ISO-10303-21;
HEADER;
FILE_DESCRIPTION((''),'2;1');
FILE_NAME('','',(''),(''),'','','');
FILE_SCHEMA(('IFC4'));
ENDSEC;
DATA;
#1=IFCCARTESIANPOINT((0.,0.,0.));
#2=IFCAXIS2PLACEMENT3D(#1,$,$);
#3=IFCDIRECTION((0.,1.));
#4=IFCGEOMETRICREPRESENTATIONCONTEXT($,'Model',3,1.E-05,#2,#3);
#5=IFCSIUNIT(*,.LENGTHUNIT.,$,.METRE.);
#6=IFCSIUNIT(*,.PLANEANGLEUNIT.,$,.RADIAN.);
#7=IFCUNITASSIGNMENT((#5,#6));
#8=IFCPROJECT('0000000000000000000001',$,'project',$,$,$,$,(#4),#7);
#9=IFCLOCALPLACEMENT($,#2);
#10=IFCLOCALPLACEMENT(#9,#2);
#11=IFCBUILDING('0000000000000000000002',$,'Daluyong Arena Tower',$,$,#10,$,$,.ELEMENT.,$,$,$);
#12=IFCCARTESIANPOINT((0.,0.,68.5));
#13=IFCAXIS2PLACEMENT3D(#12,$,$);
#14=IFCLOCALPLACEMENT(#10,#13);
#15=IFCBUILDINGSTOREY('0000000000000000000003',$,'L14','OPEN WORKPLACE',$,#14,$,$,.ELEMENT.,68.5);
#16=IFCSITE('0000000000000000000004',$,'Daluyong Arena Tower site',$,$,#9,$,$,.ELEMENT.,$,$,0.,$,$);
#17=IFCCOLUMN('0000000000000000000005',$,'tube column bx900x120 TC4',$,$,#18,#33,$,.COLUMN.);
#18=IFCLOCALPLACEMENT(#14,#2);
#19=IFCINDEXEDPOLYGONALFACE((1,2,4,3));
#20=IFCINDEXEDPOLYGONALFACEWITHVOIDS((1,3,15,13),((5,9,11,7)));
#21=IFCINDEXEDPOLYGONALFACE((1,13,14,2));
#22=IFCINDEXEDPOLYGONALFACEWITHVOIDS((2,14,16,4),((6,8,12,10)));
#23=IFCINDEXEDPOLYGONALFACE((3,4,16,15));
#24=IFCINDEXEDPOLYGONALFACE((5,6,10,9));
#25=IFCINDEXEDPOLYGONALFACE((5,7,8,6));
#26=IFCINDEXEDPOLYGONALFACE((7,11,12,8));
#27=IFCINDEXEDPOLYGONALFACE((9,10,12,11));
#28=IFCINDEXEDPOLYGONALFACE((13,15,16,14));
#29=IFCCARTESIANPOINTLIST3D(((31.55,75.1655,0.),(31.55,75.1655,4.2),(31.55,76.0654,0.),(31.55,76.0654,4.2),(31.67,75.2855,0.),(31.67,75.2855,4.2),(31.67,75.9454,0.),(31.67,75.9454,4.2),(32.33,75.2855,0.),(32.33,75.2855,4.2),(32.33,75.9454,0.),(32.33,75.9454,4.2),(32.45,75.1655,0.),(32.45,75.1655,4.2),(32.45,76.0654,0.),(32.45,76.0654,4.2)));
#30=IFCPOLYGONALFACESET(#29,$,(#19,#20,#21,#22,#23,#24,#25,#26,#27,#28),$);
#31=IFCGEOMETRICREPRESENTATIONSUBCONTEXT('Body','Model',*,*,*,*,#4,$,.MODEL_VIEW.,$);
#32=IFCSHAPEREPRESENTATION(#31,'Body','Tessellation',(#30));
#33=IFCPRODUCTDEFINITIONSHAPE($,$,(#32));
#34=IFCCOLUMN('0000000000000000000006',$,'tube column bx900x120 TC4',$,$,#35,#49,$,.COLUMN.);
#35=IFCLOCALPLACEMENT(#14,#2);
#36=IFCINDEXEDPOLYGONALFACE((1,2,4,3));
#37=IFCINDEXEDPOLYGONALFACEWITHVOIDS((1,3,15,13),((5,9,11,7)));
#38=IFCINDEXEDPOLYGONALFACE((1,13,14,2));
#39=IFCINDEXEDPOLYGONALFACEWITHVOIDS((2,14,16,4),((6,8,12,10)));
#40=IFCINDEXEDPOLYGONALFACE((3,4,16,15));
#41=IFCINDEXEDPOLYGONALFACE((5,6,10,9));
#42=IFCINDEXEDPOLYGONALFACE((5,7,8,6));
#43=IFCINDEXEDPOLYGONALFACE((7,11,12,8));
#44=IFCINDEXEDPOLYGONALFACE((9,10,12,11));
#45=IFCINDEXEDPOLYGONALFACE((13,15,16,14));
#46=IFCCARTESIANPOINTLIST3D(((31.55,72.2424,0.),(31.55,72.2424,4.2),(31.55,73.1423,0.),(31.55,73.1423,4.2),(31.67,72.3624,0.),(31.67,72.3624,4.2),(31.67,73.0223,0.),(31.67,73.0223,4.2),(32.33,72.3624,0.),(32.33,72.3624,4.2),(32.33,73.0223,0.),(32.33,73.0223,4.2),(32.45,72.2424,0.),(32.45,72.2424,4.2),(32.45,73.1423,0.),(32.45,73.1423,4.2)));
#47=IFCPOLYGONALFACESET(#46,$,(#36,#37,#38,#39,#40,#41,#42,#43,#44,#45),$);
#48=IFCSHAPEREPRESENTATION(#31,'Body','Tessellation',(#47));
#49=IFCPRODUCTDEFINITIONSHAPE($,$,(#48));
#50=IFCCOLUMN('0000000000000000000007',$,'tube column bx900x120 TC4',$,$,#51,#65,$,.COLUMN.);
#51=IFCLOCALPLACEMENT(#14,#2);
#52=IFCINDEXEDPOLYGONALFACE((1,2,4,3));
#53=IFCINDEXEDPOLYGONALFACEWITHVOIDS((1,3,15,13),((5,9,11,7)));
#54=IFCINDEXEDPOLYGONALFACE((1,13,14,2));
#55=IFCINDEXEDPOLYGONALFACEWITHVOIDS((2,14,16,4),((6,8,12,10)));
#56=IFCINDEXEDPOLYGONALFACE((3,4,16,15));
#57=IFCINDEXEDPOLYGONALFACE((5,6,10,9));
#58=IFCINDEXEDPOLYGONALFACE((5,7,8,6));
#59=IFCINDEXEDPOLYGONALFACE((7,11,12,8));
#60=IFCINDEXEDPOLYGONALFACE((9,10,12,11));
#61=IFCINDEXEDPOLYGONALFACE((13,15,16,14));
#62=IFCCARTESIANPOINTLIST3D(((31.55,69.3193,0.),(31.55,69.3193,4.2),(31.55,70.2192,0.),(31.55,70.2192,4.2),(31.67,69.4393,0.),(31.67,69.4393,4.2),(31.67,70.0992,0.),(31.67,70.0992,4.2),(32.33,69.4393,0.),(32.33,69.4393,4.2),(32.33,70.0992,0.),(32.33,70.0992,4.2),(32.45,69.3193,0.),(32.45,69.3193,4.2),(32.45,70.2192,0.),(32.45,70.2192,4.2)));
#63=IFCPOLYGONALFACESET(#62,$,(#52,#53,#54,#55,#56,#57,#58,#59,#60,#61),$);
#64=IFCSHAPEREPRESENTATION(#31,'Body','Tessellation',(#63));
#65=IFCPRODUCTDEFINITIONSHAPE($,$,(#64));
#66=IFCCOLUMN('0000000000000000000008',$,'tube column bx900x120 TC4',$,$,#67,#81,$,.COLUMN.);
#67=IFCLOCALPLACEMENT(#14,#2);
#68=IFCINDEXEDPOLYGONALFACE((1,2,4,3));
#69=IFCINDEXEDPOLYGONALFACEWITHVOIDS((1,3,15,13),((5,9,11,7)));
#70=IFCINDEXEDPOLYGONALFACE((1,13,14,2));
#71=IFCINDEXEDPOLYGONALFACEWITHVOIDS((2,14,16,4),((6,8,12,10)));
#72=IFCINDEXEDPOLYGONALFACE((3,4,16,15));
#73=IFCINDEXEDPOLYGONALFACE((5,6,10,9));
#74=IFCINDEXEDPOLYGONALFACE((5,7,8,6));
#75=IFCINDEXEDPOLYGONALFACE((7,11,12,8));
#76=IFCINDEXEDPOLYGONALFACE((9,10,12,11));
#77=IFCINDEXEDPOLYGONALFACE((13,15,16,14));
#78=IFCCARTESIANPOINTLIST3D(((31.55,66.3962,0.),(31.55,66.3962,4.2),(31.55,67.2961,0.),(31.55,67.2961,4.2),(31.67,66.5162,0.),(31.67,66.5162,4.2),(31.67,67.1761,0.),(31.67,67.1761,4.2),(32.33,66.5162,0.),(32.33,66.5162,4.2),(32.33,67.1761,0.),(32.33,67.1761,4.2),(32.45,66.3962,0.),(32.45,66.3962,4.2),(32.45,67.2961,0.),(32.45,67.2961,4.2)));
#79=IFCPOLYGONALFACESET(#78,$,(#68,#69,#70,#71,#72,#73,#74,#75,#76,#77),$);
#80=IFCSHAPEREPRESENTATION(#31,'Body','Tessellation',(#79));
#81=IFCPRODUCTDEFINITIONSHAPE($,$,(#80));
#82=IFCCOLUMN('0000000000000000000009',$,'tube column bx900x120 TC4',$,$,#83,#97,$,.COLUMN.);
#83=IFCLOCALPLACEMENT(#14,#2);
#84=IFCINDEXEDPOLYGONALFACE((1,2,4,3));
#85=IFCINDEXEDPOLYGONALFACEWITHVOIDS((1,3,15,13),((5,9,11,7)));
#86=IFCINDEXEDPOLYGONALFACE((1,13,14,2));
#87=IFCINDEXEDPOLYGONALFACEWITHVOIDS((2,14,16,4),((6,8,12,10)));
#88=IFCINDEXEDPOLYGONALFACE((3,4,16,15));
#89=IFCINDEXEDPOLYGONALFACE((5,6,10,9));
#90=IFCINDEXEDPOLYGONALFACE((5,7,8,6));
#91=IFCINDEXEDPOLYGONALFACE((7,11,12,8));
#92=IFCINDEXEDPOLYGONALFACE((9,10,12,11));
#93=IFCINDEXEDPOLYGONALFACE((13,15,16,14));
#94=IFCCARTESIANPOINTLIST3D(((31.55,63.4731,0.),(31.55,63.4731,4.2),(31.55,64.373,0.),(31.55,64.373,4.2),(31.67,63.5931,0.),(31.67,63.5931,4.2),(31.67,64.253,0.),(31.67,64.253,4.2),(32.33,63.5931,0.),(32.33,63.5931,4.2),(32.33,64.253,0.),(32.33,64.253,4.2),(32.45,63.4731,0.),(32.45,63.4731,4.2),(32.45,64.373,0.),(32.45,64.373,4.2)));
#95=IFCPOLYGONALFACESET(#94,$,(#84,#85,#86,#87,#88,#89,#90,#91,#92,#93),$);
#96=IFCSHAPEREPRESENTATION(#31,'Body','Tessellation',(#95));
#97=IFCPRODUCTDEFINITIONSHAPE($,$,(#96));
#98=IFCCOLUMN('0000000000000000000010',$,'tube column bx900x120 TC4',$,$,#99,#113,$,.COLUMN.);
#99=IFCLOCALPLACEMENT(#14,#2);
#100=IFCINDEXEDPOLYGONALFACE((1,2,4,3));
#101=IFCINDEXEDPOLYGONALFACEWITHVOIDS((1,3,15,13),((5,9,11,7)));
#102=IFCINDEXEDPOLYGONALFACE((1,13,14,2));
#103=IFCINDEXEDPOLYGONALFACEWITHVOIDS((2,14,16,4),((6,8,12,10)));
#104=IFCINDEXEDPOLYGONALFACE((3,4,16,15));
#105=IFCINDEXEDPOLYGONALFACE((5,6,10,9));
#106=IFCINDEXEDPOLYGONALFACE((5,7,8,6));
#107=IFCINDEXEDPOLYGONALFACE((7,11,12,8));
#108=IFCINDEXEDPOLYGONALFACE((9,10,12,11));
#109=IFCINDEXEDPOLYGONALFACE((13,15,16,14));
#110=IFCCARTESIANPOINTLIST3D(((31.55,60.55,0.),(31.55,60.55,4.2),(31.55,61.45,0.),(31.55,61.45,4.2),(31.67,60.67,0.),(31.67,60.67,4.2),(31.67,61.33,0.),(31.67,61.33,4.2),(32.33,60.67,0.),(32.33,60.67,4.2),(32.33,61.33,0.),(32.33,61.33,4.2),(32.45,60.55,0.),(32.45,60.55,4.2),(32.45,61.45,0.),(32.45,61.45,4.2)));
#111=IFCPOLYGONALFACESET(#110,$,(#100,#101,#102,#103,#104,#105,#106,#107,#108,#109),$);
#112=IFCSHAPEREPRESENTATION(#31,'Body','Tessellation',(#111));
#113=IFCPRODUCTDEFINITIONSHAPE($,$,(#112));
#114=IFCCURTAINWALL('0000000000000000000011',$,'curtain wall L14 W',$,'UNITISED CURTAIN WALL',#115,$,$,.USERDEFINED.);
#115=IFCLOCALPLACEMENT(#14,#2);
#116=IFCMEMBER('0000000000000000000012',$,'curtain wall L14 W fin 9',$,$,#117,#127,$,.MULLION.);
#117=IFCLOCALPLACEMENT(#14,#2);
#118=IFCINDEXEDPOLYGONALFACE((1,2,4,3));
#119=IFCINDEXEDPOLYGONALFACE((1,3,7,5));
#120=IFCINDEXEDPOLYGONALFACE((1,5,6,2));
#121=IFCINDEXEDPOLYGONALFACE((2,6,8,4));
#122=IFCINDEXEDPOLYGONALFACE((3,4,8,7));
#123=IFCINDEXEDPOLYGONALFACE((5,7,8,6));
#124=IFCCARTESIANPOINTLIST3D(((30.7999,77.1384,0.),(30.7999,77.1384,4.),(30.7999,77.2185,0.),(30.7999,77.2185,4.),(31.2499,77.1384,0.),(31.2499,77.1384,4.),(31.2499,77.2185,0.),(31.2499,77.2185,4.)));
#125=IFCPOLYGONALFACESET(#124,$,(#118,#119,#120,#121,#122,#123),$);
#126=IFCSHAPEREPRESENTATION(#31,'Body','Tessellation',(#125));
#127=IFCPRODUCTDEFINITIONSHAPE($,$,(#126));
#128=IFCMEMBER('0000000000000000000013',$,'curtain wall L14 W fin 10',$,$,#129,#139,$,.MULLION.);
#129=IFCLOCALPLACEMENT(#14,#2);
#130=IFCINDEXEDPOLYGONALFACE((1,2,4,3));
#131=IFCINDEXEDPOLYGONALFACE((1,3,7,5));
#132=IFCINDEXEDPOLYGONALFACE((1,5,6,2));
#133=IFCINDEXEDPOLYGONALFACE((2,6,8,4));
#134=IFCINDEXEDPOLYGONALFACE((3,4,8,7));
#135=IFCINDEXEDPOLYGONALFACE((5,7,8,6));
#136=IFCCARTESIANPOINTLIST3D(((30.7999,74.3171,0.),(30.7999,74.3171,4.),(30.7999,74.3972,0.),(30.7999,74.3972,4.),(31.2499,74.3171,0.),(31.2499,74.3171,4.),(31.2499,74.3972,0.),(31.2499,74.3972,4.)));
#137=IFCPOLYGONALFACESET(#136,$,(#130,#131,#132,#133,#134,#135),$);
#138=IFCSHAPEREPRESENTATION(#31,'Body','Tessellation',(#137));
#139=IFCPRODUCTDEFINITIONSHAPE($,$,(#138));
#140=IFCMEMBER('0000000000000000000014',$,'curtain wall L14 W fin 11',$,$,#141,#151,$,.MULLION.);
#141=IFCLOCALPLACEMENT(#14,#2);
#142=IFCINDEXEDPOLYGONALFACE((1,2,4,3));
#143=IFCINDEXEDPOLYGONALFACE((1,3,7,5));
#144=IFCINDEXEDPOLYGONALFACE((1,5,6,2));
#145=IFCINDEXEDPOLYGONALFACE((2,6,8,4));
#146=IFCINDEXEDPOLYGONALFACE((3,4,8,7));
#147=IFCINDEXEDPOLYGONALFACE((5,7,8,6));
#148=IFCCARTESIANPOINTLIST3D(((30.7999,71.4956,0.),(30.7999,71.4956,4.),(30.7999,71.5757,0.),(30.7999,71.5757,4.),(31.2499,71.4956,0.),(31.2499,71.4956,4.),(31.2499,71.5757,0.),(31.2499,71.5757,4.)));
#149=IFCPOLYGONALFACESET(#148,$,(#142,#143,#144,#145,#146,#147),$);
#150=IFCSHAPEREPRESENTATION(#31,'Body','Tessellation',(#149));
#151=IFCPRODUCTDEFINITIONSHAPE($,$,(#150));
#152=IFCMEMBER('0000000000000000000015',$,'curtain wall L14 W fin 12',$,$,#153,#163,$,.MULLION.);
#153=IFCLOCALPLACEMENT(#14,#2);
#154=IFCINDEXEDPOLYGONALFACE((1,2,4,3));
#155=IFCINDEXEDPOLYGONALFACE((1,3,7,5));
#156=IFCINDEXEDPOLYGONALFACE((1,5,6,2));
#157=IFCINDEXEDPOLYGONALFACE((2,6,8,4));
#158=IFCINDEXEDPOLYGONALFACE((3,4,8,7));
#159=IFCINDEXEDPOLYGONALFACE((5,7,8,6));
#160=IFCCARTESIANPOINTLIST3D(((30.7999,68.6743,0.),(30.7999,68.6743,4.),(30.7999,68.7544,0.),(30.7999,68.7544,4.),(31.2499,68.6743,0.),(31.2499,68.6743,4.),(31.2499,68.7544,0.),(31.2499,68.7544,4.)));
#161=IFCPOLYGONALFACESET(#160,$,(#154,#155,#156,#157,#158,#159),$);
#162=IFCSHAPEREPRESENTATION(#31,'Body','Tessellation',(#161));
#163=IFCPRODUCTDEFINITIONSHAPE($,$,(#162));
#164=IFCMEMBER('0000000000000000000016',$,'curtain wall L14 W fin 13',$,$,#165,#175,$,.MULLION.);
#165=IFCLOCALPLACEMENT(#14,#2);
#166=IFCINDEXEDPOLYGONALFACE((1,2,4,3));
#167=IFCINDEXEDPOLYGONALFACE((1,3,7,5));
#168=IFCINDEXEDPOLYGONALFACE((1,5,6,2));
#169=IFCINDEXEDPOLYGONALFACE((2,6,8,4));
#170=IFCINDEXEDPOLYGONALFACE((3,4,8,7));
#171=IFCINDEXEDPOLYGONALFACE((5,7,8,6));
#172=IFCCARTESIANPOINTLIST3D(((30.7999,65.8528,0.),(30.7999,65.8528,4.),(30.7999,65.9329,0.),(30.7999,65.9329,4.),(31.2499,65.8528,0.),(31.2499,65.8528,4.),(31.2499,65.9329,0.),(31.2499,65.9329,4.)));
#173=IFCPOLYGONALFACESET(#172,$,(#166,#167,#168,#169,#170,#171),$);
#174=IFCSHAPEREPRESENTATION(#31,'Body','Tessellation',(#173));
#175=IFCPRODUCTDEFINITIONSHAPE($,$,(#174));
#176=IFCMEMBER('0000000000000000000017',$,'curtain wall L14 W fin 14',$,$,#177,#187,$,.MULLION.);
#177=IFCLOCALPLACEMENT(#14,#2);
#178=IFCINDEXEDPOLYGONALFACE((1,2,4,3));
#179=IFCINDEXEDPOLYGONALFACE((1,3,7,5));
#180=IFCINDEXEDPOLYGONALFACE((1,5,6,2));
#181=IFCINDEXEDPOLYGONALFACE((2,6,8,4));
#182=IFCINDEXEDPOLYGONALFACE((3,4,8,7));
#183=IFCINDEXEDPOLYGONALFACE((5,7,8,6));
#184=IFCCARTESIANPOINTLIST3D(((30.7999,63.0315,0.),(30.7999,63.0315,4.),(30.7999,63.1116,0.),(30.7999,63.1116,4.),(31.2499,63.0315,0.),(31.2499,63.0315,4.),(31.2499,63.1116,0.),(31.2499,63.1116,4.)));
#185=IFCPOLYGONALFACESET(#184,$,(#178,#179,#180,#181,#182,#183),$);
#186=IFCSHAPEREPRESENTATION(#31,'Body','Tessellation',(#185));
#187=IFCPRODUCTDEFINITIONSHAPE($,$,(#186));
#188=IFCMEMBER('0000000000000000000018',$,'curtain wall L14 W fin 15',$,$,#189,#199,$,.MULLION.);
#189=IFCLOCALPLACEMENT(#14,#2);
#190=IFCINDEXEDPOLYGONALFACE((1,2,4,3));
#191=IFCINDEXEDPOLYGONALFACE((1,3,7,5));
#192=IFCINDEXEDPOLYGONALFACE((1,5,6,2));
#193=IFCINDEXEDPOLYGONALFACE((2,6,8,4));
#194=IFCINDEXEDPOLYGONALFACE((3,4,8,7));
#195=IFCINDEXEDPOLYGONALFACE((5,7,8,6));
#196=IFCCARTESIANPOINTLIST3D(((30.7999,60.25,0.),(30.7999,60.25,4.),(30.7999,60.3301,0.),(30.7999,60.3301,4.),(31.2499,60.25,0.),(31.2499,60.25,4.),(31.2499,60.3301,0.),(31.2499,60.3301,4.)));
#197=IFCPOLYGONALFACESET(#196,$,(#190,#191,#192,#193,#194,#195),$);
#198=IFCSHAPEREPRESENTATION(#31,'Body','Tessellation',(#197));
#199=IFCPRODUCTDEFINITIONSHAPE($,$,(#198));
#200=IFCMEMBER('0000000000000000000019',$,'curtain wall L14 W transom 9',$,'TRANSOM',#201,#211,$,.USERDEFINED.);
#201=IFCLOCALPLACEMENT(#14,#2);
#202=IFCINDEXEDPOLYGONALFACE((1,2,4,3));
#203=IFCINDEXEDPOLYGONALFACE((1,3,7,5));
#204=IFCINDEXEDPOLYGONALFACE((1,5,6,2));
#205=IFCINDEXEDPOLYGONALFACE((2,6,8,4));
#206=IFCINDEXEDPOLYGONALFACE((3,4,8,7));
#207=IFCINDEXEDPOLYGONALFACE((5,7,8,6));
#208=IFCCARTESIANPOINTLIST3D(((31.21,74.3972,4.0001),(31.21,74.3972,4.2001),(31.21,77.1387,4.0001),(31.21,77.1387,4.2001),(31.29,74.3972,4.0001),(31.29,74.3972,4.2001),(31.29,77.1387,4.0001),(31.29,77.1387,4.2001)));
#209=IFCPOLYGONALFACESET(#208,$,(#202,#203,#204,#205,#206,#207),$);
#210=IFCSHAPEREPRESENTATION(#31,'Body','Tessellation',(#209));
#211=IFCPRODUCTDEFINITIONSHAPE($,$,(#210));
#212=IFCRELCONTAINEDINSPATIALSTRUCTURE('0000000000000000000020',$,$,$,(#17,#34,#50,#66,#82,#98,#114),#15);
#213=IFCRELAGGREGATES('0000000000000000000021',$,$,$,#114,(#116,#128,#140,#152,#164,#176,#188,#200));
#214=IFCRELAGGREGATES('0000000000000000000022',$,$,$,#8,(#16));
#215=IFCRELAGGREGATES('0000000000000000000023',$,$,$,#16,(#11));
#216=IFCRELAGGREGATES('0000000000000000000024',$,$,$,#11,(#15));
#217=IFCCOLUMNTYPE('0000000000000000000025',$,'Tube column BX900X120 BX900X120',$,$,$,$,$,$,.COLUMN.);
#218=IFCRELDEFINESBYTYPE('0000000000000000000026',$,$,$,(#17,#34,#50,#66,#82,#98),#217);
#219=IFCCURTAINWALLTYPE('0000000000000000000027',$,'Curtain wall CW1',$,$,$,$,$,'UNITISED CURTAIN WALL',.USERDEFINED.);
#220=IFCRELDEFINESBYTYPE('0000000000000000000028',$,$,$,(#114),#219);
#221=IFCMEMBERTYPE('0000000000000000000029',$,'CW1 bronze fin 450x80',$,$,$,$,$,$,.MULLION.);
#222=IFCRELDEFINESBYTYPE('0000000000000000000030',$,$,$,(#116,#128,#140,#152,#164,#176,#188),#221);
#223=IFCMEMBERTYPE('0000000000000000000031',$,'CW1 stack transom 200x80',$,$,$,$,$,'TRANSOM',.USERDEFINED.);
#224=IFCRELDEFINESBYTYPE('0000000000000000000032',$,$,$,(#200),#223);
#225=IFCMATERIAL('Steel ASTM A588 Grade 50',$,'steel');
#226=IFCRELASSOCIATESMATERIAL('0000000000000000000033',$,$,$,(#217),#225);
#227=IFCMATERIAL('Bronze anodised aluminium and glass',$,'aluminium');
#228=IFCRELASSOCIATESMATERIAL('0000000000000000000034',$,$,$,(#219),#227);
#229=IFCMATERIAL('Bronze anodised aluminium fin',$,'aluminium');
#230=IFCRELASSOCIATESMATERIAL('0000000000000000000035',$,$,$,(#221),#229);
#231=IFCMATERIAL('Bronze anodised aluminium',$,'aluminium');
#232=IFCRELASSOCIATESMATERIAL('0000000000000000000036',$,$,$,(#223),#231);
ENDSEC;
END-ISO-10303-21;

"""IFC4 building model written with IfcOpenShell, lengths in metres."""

from ifc_helpers import new_model, si_unit, direction, frame, origin, origin_2d, place, context, subcontext, project, spatial, rectangle, hollow_rectangle, extrude, material, material_profile, profile_set, type_object, element, aggregate, save


model = new_model("IFC4")

# Units and contexts
model_context = context("Model", 3, precision=1e-05, world=origin(), true_north=direction((0.0, 1.0)))
body_context = subcontext(model_context, "Body", "Model", "MODEL_VIEW")
ifc_project = project(units=[si_unit("LENGTHUNIT", "METRE"), si_unit("PLANEANGLEUNIT", "RADIAN")], contexts=[model_context])

# Site, building, storey
site_placement = place(None, origin())
site = spatial("IfcSite", under=ifc_project, at=site_placement, Name="Daluyong Arena Tower site", CompositionType="ELEMENT", RefElevation=0.0)
building_placement = place(site_placement, origin())
building = spatial("IfcBuilding", under=site, at=building_placement, Name="Daluyong Arena Tower", CompositionType="ELEMENT")
storey_placement = place(building_placement, frame((0.0, 0.0, 68.5)))
storey = spatial("IfcBuildingStorey", under=building, at=storey_placement, Name="L14", Description="OPEN WORKPLACE", CompositionType="ELEMENT", Elevation=68.5)

# Columns
ifc_material_1 = material(Name="Steel ASTM A588 Grade 50", Category="steel")
ifc_material_profile_1 = material_profile(ifc_material_1, hollow_rectangle(XDim=0.8999, YDim=0.8999, WallThickness=0.12, at=origin_2d()))
ifc_profile_set_1 = profile_set([ifc_material_profile_1], Name="Steel ASTM A588 Grade 50")
column_type = type_object("IfcColumnType", Name="Tube column BX900X120 BX900X120", PredefinedType="COLUMN", material=ifc_profile_set_1)
for number, where, z_axis, x_axis, name in (
    (1, (32.0, 75.6155, 0.0), (0.0, 0.0, 1.0), (0.0, 1.0, 0.0), "tube column bx900x120 TC4"),
    (2, (32.0, 72.6924, 0.0), (0.0, 0.0, 1.0), (0.0, 1.0, 0.0), "tube column bx900x120 TC4"),
    (3, (32.0, 69.7693, 0.0), (0.0, 0.0, 1.0), (0.0, 1.0, 0.0), "tube column bx900x120 TC4"),
    (4, (32.0, 66.8462, 0.0), (0.0, 0.0, 1.0), (0.0, 1.0, 0.0), "tube column bx900x120 TC4"),
    (5, (32.0, 63.9231, 0.0), (0.0, 0.0, 1.0), (0.0, 1.0, 0.0), "tube column bx900x120 TC4"),
    (6, (32.0, 61.0, 0.0), (0.0, 0.0, 1.0), (1.0, 0.0, 0.0), "tube column bx900x120 TC4"),
):
    element("IfcColumn", number, at=place(storey_placement, frame(where, z_axis=z_axis, x_axis=x_axis)), inside=storey, type_object=column_type, Name=name, PredefinedType="COLUMN", context=body_context, shape_type="SweptSolid", body=[
        extrude(hollow_rectangle(XDim=0.8999, YDim=0.8999, WallThickness=0.12, at=origin_2d()), origin(), (0.0, 0.0, 1.0), 4.2),
    ])

# Curtain wall, members
ifc_material_2 = material(Name="Bronze anodised aluminium and glass", Category="aluminium")
curtain_wall_type_1 = type_object("IfcCurtainWallType", Name="Curtain wall CW1", ElementType="UNITISED CURTAIN WALL", PredefinedType="USERDEFINED", material=ifc_material_2)
curtain_wall_1_placement = place(storey_placement, origin())
curtain_wall_1 = element("IfcCurtainWall", 7, at=curtain_wall_1_placement, inside=storey, type_object=curtain_wall_type_1, Name="curtain wall L14 W", ObjectType="UNITISED CURTAIN WALL", PredefinedType="USERDEFINED")
ifc_material_3 = material(Name="Bronze anodised aluminium fin", Category="aluminium")
ifc_material_profile_2 = material_profile(ifc_material_3, rectangle(XDim=0.45, YDim=0.0801, at=origin_2d()))
ifc_profile_set_2 = profile_set([ifc_material_profile_2], Name="Bronze anodised aluminium fin")
member_type_1 = type_object("IfcMemberType", Name="CW1 bronze fin 450x80", PredefinedType="MULLION", material=ifc_profile_set_2)
member_1_placement = place(storey_placement, frame((31.0249, 77.1785, 0.0), z_axis=(0.0, 0.0, 1.0), x_axis=(1.0, 0.0, 0.0)))
member_1 = element("IfcMember", 8, at=member_1_placement, type_object=member_type_1, Name="curtain wall L14 W fin 9", PredefinedType="MULLION", context=body_context, shape_type="SweptSolid", body=[
    extrude(rectangle(XDim=0.45, YDim=0.0801, at=origin_2d()), origin(), (0.0, 0.0, 1.0), 4.0),
])
member_2_placement = place(storey_placement, frame((31.0249, 74.3572, 0.0), z_axis=(0.0, 0.0, 1.0), x_axis=(1.0, 0.0, 0.0)))
member_2 = element("IfcMember", 9, at=member_2_placement, type_object=member_type_1, Name="curtain wall L14 W fin 10", PredefinedType="MULLION", context=body_context, shape_type="SweptSolid", body=[
    extrude(rectangle(XDim=0.45, YDim=0.0801, at=origin_2d()), origin(), (0.0, 0.0, 1.0), 4.0),
])
member_3_placement = place(storey_placement, frame((31.0249, 71.5356, 0.0), z_axis=(0.0, 0.0, 1.0), x_axis=(1.0, 0.0, 0.0)))
member_3 = element("IfcMember", 10, at=member_3_placement, type_object=member_type_1, Name="curtain wall L14 W fin 11", PredefinedType="MULLION", context=body_context, shape_type="SweptSolid", body=[
    extrude(rectangle(XDim=0.45, YDim=0.0801, at=origin_2d()), origin(), (0.0, 0.0, 1.0), 4.0),
])
member_4_placement = place(storey_placement, frame((31.0249, 68.7144, 0.0), z_axis=(0.0, 0.0, 1.0), x_axis=(1.0, 0.0, 0.0)))
member_4 = element("IfcMember", 11, at=member_4_placement, type_object=member_type_1, Name="curtain wall L14 W fin 12", PredefinedType="MULLION", context=body_context, shape_type="SweptSolid", body=[
    extrude(rectangle(XDim=0.45, YDim=0.0801, at=origin_2d()), origin(), (0.0, 0.0, 1.0), 4.0),
])
member_5_placement = place(storey_placement, frame((31.0249, 65.8928, 0.0), z_axis=(0.0, 0.0, 1.0), x_axis=(1.0, 0.0, 0.0)))
member_5 = element("IfcMember", 12, at=member_5_placement, type_object=member_type_1, Name="curtain wall L14 W fin 13", PredefinedType="MULLION", context=body_context, shape_type="SweptSolid", body=[
    extrude(rectangle(XDim=0.45, YDim=0.0801, at=origin_2d()), origin(), (0.0, 0.0, 1.0), 4.0),
])
member_6_placement = place(storey_placement, frame((31.0249, 63.0715, 0.0), z_axis=(0.0, 0.0, 1.0), x_axis=(1.0, 0.0, 0.0)))
member_6 = element("IfcMember", 13, at=member_6_placement, type_object=member_type_1, Name="curtain wall L14 W fin 14", PredefinedType="MULLION", context=body_context, shape_type="SweptSolid", body=[
    extrude(rectangle(XDim=0.45, YDim=0.0801, at=origin_2d()), origin(), (0.0, 0.0, 1.0), 4.0),
])
member_7_placement = place(storey_placement, frame((31.0249, 60.29, 0.0), z_axis=(0.0, 0.0, 1.0), x_axis=(1.0, 0.0, 0.0)))
member_7 = element("IfcMember", 14, at=member_7_placement, type_object=member_type_1, Name="curtain wall L14 W fin 15", PredefinedType="MULLION", context=body_context, shape_type="SweptSolid", body=[
    extrude(rectangle(XDim=0.45, YDim=0.0801, at=origin_2d()), origin(), (0.0, 0.0, 1.0), 4.0),
])
ifc_material_4 = material(Name="Bronze anodised aluminium", Category="aluminium")
ifc_material_profile_3 = material_profile(ifc_material_4, rectangle(XDim=0.0801, YDim=0.2, at=origin_2d()))
ifc_profile_set_3 = profile_set([ifc_material_profile_3], Name="Bronze anodised aluminium")
member_type_2 = type_object("IfcMemberType", Name="CW1 stack transom 200x80", ElementType="TRANSOM", PredefinedType="USERDEFINED", material=ifc_profile_set_3)
member_8_placement = place(storey_placement, frame((31.25, 77.1387, 4.1001), z_axis=(0.0, -1.0, 0.0), x_axis=(1.0, 0.0, 0.0)))
member_8 = element("IfcMember", 15, at=member_8_placement, type_object=member_type_2, Name="curtain wall L14 W transom 9", ObjectType="TRANSOM", PredefinedType="USERDEFINED", context=body_context, shape_type="SweptSolid", body=[
    extrude(rectangle(XDim=0.0801, YDim=0.2, at=origin_2d()), origin(), (0.0, 0.0, 1.0), 2.7415),
])

aggregate(curtain_wall_1, [member_1, member_2, member_3, member_4, member_5, member_6, member_7, member_8])

save(model, "model.ifc")
